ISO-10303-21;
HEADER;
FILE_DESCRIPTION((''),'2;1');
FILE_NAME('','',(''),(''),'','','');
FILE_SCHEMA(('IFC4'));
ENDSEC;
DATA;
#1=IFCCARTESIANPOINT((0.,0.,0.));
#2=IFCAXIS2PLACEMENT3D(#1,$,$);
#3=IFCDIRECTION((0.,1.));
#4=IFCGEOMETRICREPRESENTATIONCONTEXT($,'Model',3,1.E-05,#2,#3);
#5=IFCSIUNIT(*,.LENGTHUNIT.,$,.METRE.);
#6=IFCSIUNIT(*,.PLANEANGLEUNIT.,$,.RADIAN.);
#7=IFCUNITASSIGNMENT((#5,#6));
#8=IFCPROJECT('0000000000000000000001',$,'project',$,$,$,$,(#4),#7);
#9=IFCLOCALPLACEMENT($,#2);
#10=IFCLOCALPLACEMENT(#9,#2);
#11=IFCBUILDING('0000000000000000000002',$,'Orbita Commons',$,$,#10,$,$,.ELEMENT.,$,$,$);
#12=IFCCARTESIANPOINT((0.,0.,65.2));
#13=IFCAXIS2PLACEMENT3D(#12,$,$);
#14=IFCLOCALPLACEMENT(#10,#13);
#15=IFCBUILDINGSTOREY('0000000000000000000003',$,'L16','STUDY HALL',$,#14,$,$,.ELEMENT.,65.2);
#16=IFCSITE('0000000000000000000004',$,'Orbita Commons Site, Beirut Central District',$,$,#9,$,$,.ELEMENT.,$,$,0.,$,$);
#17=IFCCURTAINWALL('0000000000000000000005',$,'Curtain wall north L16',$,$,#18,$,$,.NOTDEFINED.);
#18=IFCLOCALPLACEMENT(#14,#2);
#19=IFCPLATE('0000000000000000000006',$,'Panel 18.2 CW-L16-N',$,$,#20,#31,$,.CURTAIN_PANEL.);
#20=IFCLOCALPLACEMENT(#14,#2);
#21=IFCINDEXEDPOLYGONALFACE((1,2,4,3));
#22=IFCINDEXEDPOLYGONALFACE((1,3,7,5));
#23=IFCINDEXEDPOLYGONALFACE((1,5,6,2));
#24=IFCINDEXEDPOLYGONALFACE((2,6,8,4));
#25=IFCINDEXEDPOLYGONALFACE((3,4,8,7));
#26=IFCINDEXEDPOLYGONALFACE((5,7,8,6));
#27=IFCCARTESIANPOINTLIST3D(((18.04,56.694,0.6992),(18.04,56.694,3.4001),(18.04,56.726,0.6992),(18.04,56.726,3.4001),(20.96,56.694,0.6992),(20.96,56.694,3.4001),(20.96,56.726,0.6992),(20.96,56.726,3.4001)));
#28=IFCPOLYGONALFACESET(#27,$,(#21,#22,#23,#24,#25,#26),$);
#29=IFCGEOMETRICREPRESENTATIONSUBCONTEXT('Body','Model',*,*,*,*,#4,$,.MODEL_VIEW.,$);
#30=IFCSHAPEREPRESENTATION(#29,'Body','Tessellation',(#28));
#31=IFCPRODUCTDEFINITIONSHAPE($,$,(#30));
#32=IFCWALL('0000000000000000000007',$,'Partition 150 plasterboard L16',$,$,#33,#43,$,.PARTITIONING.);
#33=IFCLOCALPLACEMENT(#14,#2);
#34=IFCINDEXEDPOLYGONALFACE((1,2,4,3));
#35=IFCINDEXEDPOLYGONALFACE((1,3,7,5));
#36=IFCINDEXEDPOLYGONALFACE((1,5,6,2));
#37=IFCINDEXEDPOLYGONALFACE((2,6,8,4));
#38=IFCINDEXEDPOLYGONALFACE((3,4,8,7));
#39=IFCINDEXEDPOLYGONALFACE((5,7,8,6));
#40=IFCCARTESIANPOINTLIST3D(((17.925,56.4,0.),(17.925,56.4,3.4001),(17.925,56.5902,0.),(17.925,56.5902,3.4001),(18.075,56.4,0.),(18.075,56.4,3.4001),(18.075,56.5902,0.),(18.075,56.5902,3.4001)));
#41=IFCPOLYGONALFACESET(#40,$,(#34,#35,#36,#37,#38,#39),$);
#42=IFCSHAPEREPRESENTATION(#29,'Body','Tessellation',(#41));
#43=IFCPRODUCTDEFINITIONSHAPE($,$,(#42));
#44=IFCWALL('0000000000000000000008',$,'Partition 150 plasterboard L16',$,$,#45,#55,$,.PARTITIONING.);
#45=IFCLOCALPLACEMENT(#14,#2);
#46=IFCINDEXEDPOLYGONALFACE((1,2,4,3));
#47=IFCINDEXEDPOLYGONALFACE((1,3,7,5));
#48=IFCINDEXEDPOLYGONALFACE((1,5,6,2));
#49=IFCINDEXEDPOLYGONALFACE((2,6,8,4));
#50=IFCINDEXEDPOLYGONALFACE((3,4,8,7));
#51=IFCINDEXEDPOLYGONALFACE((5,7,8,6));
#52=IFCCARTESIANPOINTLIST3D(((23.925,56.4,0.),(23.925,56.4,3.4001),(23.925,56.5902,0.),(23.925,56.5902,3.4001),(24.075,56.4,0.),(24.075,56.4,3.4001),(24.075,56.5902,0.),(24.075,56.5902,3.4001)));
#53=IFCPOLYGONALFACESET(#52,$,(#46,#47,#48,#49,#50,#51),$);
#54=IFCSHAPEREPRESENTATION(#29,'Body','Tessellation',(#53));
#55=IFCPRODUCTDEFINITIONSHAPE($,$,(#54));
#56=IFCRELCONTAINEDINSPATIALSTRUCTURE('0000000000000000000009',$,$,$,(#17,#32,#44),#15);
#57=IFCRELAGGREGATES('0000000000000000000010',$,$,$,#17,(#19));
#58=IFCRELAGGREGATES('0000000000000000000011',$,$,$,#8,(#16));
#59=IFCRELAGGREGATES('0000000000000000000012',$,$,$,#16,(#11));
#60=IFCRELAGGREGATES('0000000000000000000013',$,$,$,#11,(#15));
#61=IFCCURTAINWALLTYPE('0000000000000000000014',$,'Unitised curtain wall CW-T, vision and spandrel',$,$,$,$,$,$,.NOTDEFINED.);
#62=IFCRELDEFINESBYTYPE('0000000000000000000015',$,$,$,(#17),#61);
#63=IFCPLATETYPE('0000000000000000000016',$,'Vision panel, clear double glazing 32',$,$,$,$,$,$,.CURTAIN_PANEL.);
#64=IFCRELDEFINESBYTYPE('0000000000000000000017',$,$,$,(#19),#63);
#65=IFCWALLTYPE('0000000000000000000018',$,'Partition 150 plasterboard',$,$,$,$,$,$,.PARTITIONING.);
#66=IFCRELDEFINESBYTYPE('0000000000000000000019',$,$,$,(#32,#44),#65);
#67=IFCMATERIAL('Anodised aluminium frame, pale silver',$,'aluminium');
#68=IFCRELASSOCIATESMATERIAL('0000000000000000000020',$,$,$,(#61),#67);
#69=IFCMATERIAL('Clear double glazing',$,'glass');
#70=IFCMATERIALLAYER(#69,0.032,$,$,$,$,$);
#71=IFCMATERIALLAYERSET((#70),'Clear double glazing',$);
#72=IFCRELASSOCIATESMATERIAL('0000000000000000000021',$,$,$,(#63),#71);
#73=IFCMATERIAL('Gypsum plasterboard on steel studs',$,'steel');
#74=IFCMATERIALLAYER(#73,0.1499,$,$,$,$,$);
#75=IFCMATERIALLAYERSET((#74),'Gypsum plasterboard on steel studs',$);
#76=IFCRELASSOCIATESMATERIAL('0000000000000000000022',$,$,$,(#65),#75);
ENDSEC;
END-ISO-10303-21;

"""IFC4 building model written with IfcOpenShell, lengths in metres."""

from ifc_helpers import new_model, si_unit, direction, frame, frame_2d, origin, origin_2d, place, context, subcontext, project, spatial, rectangle, extrude, material, layer, layer_set, type_object, element, aggregate, save


model = new_model("IFC4")

# Units and contexts
model_context = context("Model", 3, precision=1e-05, world=origin(), true_north=direction((0.0, 1.0)))
body_context = subcontext(model_context, "Body", "Model", "MODEL_VIEW")
ifc_project = project(units=[si_unit("LENGTHUNIT", "METRE"), si_unit("PLANEANGLEUNIT", "RADIAN")], contexts=[model_context])

# Site, building, storey
site_placement = place(None, origin())
site = spatial("IfcSite", under=ifc_project, at=site_placement, Name="Orbita Commons Site, Beirut Central District", CompositionType="ELEMENT", RefElevation=0.0)
building_placement = place(site_placement, origin())
building = spatial("IfcBuilding", under=site, at=building_placement, Name="Orbita Commons", CompositionType="ELEMENT")
storey_placement = place(building_placement, frame((0.0, 0.0, 65.2)))
storey = spatial("IfcBuildingStorey", under=building, at=storey_placement, Name="L16", Description="STUDY HALL", CompositionType="ELEMENT", Elevation=65.2)

# Curtain wall
ifc_material_1 = material(Name="Anodised aluminium frame, pale silver", Category="aluminium")
curtain_wall_type = type_object("IfcCurtainWallType", Name="Unitised curtain wall CW-T, vision and spandrel", PredefinedType="NOTDEFINED", material=ifc_material_1)
curtain_wall_placement = place(storey_placement, origin())
curtain_wall = element("IfcCurtainWall", 1, at=curtain_wall_placement, inside=storey, type_object=curtain_wall_type, Name="Curtain wall north L16", PredefinedType="NOTDEFINED")

# Plate
ifc_material_2 = material(Name="Clear double glazing", Category="glass")
ifc_layer_1 = layer(ifc_material_2, 0.032)
ifc_layer_set_1 = layer_set([ifc_layer_1], Name="Clear double glazing")
plate_type_1 = type_object("IfcPlateType", Name="Vision panel, clear double glazing 32", PredefinedType="CURTAIN_PANEL", material=ifc_layer_set_1)
plate_1_placement = place(storey_placement, frame((19.5, 56.71, 0.6992), z_axis=(0.0, 0.0, 1.0), x_axis=(-1.0, 0.0, 0.0)))
plate_1 = element("IfcPlate", 2, at=plate_1_placement, type_object=plate_type_1, Name="Panel 18.2 CW-L16-N", PredefinedType="CURTAIN_PANEL", context=body_context, shape_type="SweptSolid", body=[
    extrude(rectangle(XDim=2.9199, YDim=0.032, at=origin_2d()), origin(), (0.0, 0.0, 1.0), 2.7009),
])
aggregate(curtain_wall, [plate_1])

# Walls
ifc_material_3 = material(Name="Gypsum plasterboard on steel studs", Category="steel")
ifc_layer_2 = layer(ifc_material_3, 0.1499)
ifc_layer_set_2 = layer_set([ifc_layer_2], Name="Gypsum plasterboard on steel studs")
wall_type = type_object("IfcWallType", Name="Partition 150 plasterboard", PredefinedType="PARTITIONING", material=ifc_layer_set_2)
for number, where, z_axis, x_axis, name in (
    (3, (18.0, 56.3999, 0.0), (0.0, 0.0, 1.0), (0.0, 1.0, 0.0), "Partition 150 plasterboard L16"),
    (4, (24.0, 56.3999, 0.0), (0.0, 0.0, 1.0), (0.0, 1.0, 0.0), "Partition 150 plasterboard L16"),
):
    element("IfcWall", number, at=place(storey_placement, frame(where, z_axis=z_axis, x_axis=x_axis)), inside=storey, type_object=wall_type, Name=name, PredefinedType="PARTITIONING", context=body_context, shape_type="SweptSolid", body=[
        extrude(rectangle(XDim=0.1902, YDim=0.1499, at=frame_2d((0.0952, 0.0))), origin(), (0.0, 0.0, 1.0), 3.4001),
    ])

save(model, "model.ifc")
